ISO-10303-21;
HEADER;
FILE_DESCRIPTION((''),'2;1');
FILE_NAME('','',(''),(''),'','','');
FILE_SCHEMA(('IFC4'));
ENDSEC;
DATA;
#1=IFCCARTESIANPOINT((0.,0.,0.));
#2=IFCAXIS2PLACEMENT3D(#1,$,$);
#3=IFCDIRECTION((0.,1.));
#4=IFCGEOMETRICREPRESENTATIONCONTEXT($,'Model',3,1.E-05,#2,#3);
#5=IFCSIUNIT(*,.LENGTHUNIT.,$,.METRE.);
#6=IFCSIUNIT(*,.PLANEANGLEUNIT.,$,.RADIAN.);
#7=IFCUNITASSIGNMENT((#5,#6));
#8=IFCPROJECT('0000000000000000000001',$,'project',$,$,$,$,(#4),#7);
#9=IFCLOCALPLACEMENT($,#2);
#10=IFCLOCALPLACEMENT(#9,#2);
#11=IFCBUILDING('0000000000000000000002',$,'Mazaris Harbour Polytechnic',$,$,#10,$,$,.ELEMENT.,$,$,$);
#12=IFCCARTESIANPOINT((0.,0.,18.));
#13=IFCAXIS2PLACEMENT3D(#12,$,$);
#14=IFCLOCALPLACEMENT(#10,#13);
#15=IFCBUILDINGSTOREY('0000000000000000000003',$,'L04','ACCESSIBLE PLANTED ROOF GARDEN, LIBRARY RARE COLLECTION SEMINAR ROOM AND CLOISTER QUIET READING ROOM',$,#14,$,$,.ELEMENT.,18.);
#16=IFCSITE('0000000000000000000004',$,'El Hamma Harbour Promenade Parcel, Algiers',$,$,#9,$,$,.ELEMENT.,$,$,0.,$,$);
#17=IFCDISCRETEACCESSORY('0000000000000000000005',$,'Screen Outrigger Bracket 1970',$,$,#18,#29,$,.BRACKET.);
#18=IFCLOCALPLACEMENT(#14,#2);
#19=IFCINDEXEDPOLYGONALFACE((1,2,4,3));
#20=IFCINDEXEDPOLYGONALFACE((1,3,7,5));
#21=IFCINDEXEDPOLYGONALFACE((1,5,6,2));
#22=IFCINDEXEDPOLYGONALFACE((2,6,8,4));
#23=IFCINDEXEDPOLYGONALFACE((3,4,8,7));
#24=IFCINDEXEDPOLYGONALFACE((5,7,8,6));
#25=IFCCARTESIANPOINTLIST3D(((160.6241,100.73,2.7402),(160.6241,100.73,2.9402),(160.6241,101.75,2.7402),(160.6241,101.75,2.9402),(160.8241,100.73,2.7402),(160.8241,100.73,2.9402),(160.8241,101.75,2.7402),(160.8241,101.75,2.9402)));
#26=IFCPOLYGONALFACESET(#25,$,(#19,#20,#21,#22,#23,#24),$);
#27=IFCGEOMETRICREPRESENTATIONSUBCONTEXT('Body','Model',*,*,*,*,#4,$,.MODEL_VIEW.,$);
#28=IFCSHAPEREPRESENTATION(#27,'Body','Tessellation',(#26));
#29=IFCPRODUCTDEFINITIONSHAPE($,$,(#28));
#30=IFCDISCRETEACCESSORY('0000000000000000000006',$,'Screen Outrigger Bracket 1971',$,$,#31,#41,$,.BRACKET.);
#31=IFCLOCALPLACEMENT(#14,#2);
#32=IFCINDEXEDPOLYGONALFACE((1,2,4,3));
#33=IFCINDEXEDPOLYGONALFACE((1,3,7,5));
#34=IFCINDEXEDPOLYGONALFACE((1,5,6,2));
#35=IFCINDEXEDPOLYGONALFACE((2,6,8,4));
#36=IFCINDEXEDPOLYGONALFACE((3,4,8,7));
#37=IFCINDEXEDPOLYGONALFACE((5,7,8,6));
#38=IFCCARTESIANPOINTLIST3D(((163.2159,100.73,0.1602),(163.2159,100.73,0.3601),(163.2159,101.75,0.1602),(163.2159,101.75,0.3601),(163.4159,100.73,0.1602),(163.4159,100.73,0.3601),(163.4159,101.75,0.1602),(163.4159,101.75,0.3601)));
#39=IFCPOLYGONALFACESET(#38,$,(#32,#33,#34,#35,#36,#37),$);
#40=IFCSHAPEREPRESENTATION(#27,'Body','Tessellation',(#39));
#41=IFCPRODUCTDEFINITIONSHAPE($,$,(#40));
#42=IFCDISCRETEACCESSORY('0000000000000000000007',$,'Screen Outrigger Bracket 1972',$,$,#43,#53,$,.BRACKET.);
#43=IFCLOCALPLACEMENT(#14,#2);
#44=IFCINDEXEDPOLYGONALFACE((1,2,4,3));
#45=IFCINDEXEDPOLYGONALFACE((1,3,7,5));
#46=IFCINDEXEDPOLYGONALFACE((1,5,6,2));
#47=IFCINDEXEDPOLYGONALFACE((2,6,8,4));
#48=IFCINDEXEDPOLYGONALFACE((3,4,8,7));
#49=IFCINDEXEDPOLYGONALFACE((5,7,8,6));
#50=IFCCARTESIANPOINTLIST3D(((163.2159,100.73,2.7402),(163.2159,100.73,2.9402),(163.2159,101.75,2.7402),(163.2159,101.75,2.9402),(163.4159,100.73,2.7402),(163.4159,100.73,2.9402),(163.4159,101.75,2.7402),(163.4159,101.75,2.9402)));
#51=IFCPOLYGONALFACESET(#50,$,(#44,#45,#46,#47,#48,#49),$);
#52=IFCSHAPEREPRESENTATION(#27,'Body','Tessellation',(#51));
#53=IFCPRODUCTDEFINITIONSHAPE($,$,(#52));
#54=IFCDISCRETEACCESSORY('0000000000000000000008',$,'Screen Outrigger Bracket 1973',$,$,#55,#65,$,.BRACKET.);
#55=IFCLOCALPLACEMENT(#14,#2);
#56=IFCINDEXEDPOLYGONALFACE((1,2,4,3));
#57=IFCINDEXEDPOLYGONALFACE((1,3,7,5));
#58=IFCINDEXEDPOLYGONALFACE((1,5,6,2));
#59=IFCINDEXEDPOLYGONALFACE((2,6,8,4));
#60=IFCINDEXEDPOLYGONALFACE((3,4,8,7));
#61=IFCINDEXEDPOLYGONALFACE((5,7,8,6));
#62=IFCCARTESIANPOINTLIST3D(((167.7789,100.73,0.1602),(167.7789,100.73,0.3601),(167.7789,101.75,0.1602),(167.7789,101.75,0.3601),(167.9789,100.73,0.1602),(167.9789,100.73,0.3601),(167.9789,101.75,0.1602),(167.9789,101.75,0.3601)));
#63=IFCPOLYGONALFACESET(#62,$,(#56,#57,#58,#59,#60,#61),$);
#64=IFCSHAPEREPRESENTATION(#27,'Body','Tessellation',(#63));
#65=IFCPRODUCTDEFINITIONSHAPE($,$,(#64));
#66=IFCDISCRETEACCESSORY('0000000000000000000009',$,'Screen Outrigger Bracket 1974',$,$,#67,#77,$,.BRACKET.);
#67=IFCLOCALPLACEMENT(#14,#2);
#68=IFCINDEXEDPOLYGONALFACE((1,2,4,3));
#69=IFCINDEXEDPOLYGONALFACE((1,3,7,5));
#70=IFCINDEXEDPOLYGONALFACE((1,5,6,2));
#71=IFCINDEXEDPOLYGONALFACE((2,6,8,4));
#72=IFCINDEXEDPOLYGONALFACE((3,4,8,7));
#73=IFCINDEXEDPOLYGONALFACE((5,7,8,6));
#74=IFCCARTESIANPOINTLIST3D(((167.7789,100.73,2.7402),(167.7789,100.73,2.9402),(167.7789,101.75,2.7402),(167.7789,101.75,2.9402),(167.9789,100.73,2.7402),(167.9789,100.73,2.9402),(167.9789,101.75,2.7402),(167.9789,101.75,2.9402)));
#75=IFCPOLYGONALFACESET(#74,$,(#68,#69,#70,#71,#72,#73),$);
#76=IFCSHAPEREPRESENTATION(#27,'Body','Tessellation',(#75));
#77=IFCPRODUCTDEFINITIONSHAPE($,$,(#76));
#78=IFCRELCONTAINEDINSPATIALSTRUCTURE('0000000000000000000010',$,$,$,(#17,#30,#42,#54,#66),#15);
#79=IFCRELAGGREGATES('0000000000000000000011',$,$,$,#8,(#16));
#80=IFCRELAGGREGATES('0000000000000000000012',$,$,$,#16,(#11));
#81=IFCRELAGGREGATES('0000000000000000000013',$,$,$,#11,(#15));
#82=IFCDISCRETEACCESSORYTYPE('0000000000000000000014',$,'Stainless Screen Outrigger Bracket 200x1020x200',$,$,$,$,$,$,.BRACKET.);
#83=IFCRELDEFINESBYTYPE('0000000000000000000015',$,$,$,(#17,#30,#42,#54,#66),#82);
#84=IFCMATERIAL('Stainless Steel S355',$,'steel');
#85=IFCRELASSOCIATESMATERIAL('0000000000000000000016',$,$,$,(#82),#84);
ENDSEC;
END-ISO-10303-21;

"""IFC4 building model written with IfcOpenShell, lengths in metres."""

from ifc_helpers import new_model, si_unit, direction, frame, origin, origin_2d, place, context, subcontext, project, spatial, rectangle, extrude, material, type_object, element, save


model = new_model("IFC4")

# Units and contexts
model_context = context("Model", 3, precision=1e-05, world=origin(), true_north=direction((0.0, 1.0)))
body_context = subcontext(model_context, "Body", "Model", "MODEL_VIEW")
ifc_project = project(units=[si_unit("LENGTHUNIT", "METRE"), si_unit("PLANEANGLEUNIT", "RADIAN")], contexts=[model_context])

# Site, building, storey
site_placement = place(None, origin())
site = spatial("IfcSite", under=ifc_project, at=site_placement, Name="El Hamma Harbour Promenade Parcel, Algiers", CompositionType="ELEMENT", RefElevation=0.0)
building_placement = place(site_placement, origin())
building = spatial("IfcBuilding", under=site, at=building_placement, Name="Mazaris Harbour Polytechnic", CompositionType="ELEMENT")
storey_placement = place(building_placement, frame((0.0, 0.0, 18.0)))
storey = spatial("IfcBuildingStorey", under=building, at=storey_placement, Name="L04", Description="ACCESSIBLE PLANTED ROOF GARDEN, LIBRARY RARE COLLECTION SEMINAR ROOM AND CLOISTER QUIET READING ROOM", CompositionType="ELEMENT", Elevation=18.0)

# Discrete accessories
ifc_material_1 = material(Name="Stainless Steel S355", Category="steel")
discrete_accessory_type = type_object("IfcDiscreteAccessoryType", Name="Stainless Screen Outrigger Bracket 200x1020x200", PredefinedType="BRACKET", material=ifc_material_1)
for number, where, z_axis, x_axis, name in (
    (1, (160.7241, 101.24, 2.7402), (0.0, 0.0, 1.0), (1.0, 0.0, 0.0), "Screen Outrigger Bracket 1970"),
    (2, (163.3159, 101.24, 0.1602), (0.0, 0.0, 1.0), (1.0, 0.0, 0.0), "Screen Outrigger Bracket 1971"),
    (3, (163.3159, 101.24, 2.7402), (0.0, 0.0, 1.0), (1.0, 0.0, 0.0), "Screen Outrigger Bracket 1972"),
    (4, (167.8789, 101.24, 0.1602), (0.0, 0.0, 1.0), (1.0, 0.0, 0.0), "Screen Outrigger Bracket 1973"),
    (5, (167.8789, 101.24, 2.7402), (0.0, 0.0, 1.0), (1.0, 0.0, 0.0), "Screen Outrigger Bracket 1974"),
):
    element("IfcDiscreteAccessory", number, at=place(storey_placement, frame(where, z_axis=z_axis, x_axis=x_axis)), inside=storey, type_object=discrete_accessory_type, Name=name, PredefinedType="BRACKET", context=body_context, shape_type="SweptSolid", body=[
        extrude(rectangle(XDim=0.2, YDim=1.02, at=origin_2d()), origin(), (0.0, 0.0, 1.0), 0.2),
    ])

save(model, "model.ifc")
